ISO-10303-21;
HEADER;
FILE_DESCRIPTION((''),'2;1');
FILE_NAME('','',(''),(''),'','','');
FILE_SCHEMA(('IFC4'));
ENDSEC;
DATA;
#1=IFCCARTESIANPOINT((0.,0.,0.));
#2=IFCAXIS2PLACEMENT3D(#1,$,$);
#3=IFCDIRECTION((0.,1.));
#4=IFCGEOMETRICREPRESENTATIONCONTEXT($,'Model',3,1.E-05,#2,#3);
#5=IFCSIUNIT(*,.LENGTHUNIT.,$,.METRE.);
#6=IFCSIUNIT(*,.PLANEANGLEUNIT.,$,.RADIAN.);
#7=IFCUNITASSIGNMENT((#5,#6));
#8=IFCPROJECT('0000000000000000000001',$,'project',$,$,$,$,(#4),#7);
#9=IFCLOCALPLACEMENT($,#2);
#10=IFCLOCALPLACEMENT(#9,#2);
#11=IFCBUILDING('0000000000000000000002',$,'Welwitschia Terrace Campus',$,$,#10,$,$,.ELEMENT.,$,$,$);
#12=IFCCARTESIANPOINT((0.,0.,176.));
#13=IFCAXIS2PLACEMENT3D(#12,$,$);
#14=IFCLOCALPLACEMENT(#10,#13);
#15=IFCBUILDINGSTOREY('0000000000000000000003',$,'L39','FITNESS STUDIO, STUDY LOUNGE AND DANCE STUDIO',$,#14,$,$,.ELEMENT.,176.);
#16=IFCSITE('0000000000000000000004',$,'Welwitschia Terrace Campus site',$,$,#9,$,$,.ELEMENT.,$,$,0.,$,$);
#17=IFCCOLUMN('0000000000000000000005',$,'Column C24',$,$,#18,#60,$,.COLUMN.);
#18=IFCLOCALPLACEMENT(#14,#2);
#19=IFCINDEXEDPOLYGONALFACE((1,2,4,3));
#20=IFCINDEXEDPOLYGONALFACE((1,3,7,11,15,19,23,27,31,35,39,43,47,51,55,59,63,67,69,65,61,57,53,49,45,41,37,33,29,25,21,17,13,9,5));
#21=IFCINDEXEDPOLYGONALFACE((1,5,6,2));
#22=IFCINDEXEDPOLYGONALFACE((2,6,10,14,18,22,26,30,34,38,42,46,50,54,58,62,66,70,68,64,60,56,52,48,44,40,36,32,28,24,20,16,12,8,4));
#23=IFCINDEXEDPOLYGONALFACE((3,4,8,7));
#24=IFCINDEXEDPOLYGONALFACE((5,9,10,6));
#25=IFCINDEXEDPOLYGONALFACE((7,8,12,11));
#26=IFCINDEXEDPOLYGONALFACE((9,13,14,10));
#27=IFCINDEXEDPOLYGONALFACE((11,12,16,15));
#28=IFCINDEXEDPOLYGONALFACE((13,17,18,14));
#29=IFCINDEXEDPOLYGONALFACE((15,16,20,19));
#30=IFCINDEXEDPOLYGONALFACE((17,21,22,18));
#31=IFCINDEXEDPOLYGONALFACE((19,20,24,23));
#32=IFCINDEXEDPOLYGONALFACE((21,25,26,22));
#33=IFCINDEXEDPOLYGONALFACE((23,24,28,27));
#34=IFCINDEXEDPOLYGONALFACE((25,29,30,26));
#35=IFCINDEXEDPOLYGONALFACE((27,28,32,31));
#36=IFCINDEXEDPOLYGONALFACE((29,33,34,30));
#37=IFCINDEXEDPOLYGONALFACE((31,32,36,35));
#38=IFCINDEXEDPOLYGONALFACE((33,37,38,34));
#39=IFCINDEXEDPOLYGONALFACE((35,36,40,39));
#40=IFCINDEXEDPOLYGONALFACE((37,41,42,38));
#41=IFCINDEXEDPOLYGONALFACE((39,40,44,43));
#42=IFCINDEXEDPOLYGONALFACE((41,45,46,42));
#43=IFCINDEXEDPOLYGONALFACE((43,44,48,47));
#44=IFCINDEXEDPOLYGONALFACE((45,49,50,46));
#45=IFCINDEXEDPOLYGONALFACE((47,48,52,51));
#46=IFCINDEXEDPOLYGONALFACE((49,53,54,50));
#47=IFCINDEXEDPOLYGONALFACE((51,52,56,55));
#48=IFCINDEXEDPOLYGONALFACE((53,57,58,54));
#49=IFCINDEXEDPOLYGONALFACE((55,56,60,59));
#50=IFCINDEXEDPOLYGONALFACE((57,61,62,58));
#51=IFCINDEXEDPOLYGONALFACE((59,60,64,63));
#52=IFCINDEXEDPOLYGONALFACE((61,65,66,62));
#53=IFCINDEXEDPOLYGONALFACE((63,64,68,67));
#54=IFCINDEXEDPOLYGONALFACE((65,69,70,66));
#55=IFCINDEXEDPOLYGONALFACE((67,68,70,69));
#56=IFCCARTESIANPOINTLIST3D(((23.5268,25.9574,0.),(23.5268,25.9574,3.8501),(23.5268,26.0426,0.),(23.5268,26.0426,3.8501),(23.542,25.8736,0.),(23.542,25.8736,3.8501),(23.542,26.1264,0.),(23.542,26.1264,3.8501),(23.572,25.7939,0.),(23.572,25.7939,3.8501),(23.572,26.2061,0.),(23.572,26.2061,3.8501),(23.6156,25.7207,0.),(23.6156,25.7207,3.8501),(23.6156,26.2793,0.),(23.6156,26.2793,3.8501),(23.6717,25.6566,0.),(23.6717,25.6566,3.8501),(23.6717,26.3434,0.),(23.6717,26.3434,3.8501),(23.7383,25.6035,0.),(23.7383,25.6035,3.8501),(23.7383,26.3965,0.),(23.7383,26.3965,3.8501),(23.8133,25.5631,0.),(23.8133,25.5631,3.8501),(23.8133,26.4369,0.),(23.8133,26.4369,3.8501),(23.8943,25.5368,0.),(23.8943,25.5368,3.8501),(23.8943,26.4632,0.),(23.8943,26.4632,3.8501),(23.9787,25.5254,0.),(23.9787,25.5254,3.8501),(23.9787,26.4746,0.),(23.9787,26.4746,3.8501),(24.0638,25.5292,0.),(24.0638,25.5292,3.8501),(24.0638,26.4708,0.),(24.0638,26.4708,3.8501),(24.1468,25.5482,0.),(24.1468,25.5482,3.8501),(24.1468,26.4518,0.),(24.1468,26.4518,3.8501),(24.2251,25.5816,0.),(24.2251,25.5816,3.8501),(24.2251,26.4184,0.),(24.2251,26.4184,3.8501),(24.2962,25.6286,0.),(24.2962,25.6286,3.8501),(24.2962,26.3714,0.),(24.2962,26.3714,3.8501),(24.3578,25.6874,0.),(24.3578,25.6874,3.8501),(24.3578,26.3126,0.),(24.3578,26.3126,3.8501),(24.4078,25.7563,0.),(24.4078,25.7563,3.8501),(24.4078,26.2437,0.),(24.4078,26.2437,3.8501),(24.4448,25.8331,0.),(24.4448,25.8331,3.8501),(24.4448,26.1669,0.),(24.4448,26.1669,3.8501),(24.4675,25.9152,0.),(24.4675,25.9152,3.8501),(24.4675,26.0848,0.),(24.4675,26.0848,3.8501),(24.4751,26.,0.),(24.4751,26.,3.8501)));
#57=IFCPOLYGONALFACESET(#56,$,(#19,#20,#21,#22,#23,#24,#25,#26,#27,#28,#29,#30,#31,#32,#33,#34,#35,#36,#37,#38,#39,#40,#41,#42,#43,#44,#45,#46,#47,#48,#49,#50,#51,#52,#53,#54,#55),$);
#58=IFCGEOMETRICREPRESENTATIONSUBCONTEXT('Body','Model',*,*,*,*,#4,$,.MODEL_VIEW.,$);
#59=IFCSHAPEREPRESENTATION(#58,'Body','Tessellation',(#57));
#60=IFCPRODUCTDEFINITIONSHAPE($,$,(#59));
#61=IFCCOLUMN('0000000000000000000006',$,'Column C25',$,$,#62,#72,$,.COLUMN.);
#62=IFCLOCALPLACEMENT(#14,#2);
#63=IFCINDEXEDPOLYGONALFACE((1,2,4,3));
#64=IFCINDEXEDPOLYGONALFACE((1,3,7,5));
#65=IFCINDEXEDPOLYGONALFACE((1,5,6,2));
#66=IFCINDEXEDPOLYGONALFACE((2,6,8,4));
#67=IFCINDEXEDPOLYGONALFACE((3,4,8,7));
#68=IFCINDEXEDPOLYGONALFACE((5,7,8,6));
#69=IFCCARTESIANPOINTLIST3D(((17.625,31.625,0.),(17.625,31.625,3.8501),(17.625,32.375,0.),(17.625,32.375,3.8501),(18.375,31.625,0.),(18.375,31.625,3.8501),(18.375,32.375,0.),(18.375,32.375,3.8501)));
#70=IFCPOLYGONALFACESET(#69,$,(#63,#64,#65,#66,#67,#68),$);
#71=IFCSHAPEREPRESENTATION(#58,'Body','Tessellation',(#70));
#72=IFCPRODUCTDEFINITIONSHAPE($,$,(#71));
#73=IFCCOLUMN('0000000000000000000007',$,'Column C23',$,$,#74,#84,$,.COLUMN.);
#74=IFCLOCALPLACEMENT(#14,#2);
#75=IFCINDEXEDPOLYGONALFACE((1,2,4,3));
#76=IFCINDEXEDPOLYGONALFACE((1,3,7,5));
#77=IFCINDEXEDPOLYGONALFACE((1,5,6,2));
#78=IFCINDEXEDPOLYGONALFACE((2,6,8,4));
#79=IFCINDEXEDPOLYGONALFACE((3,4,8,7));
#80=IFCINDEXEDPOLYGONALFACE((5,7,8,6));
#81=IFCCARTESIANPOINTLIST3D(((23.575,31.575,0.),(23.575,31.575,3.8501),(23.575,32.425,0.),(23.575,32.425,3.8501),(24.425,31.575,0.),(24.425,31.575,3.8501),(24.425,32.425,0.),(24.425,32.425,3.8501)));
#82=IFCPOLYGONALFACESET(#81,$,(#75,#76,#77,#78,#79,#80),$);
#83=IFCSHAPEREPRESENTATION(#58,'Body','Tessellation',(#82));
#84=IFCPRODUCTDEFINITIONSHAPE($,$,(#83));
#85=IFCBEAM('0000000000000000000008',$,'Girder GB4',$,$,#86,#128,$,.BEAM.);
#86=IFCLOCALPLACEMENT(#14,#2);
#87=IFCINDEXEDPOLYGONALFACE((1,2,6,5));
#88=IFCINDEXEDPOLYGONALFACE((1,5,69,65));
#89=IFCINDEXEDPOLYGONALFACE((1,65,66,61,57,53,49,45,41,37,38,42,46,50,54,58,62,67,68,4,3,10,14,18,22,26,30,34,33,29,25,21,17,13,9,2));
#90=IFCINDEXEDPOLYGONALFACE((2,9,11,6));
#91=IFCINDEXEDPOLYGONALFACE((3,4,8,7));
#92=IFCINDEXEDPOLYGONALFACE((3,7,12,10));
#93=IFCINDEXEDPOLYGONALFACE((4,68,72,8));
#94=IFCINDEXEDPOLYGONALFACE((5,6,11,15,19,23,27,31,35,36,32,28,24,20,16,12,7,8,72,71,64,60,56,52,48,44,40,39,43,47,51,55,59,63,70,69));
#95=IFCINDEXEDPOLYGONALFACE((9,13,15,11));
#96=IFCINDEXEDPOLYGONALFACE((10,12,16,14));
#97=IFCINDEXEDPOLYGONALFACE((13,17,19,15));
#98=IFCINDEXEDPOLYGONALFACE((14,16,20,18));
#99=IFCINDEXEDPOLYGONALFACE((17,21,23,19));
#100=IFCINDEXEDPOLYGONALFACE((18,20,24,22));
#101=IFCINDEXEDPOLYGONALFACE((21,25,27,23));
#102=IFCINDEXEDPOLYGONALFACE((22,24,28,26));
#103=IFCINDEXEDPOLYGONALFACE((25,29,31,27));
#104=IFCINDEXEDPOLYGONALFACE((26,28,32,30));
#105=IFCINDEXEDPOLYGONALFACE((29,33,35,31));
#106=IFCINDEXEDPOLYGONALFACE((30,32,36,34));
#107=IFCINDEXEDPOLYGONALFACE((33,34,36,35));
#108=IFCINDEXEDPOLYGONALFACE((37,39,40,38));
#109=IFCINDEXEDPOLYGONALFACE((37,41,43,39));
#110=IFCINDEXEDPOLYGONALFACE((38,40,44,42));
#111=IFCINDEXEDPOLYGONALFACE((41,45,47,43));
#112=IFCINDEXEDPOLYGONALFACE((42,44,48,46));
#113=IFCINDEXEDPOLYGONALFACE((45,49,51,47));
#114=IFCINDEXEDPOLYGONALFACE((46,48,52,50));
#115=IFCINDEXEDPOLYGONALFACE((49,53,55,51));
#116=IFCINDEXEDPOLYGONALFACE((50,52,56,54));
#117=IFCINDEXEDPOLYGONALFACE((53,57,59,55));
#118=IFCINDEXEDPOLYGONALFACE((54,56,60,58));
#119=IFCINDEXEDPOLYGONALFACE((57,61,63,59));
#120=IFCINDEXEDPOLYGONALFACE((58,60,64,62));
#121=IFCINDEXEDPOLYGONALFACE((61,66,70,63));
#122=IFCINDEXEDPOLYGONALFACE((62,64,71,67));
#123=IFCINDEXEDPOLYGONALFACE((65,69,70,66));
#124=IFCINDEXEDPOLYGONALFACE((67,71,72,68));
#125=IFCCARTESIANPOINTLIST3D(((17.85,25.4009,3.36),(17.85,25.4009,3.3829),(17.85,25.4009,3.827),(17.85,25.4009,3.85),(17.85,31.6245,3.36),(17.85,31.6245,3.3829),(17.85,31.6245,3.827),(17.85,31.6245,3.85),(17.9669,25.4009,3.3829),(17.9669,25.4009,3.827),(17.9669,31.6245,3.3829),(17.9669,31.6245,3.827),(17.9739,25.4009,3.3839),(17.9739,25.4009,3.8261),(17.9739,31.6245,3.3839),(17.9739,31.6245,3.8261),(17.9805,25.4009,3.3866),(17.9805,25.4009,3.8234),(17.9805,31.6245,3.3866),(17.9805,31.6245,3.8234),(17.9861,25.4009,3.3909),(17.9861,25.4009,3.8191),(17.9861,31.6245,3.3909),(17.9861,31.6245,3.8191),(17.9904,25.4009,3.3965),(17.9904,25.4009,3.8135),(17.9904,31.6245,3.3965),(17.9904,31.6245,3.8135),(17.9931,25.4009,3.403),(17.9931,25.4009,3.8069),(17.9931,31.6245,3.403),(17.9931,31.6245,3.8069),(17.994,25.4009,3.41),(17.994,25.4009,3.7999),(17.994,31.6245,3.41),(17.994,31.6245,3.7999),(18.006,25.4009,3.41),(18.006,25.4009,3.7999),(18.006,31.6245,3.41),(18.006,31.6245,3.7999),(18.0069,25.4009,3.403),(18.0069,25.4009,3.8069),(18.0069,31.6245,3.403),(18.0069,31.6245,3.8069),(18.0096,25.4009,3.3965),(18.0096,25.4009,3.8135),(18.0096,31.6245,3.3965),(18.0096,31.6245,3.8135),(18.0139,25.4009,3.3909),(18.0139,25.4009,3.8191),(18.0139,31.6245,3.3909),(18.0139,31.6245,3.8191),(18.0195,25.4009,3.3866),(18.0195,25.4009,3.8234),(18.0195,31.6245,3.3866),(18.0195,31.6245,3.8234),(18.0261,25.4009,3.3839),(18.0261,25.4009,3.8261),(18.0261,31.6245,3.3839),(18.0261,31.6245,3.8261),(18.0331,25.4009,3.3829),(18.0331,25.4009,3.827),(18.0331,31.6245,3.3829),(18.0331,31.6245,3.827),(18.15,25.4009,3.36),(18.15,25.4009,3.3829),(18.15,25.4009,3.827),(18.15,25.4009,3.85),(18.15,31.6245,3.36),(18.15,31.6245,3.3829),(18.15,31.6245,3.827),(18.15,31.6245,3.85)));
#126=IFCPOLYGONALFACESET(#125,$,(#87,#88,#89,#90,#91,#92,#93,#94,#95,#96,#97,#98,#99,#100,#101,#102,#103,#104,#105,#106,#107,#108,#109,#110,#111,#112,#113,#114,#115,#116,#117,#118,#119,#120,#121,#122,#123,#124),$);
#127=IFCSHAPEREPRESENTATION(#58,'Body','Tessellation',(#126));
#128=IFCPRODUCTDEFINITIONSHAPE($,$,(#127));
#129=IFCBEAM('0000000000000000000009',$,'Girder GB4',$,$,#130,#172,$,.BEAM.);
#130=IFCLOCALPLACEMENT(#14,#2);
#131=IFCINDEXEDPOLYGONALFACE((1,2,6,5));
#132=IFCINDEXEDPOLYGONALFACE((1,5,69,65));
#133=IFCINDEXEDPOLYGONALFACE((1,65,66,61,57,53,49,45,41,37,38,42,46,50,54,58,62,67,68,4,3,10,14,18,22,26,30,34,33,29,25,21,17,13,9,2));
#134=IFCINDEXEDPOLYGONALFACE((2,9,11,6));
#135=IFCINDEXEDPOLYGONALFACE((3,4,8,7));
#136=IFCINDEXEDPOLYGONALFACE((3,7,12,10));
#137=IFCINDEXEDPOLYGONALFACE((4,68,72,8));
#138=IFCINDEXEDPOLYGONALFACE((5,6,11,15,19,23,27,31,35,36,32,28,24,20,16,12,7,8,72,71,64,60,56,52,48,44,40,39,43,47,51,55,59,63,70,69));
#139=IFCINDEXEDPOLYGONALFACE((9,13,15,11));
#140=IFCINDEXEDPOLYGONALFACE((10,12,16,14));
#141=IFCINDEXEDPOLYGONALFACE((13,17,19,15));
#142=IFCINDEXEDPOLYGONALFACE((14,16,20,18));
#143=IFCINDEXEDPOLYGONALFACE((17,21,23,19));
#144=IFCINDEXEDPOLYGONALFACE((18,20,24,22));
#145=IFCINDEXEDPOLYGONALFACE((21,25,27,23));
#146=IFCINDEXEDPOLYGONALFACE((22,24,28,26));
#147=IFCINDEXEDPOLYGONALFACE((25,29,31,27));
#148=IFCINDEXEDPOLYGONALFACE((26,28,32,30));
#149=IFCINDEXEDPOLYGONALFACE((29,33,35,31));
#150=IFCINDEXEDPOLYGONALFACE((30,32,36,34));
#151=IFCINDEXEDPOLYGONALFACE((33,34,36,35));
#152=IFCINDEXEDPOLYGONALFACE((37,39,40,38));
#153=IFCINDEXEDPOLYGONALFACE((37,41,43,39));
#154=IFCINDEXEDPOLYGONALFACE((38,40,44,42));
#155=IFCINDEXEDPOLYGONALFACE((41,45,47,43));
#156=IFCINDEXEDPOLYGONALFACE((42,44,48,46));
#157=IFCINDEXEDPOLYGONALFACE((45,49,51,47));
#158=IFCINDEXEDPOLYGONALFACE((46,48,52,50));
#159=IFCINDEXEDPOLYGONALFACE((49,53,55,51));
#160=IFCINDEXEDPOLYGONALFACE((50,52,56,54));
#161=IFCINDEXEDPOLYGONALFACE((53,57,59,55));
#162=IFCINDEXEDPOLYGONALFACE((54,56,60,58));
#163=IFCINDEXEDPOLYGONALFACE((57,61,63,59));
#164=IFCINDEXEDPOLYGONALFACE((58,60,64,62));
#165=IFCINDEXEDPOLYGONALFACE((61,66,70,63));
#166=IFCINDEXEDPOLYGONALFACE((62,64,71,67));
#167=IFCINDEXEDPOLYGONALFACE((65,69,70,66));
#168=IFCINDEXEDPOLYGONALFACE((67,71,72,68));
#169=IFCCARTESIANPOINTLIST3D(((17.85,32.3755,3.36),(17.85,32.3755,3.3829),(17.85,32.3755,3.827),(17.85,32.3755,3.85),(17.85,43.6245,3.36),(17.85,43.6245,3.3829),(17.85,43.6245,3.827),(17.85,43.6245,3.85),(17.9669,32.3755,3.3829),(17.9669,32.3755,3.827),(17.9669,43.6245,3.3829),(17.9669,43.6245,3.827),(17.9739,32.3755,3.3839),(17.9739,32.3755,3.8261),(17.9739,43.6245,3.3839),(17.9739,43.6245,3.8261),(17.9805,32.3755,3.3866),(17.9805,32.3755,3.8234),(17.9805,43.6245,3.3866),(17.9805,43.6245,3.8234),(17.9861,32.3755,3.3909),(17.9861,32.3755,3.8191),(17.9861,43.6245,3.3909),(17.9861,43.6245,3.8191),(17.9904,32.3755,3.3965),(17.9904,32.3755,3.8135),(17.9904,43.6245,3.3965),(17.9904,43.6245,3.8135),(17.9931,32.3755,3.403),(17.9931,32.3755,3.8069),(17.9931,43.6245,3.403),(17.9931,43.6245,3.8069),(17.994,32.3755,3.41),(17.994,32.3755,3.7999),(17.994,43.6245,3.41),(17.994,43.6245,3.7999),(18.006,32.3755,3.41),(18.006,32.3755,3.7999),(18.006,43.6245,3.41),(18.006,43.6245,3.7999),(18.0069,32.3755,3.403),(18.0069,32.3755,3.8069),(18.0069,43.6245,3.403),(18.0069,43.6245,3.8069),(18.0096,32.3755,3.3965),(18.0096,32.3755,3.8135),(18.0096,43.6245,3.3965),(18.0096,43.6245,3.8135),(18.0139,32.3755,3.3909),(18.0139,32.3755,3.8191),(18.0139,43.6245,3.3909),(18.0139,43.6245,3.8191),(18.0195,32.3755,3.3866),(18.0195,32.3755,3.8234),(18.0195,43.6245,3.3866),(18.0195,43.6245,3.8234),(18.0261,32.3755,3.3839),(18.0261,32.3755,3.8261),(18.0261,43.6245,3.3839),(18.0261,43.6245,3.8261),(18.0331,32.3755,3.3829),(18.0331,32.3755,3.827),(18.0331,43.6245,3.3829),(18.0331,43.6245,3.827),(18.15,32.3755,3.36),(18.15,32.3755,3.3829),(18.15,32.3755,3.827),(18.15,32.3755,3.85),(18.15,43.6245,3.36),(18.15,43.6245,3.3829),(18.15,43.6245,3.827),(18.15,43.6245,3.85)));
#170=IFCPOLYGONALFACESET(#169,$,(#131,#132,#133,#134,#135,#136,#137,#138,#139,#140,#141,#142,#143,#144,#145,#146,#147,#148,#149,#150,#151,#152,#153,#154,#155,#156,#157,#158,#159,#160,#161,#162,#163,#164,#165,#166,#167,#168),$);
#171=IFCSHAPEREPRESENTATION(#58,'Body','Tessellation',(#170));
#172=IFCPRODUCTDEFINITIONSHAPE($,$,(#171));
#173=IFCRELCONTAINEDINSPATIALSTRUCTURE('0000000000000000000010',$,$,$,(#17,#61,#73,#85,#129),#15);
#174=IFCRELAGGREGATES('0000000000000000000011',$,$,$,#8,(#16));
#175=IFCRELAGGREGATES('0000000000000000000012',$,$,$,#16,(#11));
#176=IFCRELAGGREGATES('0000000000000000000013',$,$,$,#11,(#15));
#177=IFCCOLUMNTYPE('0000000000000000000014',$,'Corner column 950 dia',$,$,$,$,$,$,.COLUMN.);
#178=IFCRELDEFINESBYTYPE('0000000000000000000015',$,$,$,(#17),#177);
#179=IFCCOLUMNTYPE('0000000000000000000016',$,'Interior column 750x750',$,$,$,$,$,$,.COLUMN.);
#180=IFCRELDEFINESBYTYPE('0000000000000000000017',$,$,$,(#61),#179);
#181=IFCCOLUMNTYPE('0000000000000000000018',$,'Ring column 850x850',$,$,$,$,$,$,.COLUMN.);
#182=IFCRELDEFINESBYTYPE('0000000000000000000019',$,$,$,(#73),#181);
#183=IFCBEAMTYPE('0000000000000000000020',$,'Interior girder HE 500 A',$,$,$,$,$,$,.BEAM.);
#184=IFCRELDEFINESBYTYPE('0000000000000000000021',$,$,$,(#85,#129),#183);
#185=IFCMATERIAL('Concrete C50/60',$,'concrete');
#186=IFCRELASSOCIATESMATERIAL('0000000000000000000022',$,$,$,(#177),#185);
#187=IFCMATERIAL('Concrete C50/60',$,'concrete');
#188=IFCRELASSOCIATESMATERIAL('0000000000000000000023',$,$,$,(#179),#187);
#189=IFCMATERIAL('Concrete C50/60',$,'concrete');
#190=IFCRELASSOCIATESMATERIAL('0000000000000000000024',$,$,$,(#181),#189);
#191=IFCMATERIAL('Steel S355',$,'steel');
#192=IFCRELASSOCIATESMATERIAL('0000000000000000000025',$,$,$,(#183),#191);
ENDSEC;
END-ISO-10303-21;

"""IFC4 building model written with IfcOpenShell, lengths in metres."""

from ifc_helpers import new_model, si_unit, direction, frame, origin, origin_2d, place, context, subcontext, project, spatial, rectangle, circle, i_section, extrude, material, material_profile, profile_set, type_object, element, save


model = new_model("IFC4")

# Units and contexts
model_context = context("Model", 3, precision=1e-05, world=origin(), true_north=direction((0.0, 1.0)))
body_context = subcontext(model_context, "Body", "Model", "MODEL_VIEW")
ifc_project = project(units=[si_unit("LENGTHUNIT", "METRE"), si_unit("PLANEANGLEUNIT", "RADIAN")], contexts=[model_context])

# Site, building, storey
site_placement = place(None, origin())
site = spatial("IfcSite", under=ifc_project, at=site_placement, Name="Welwitschia Terrace Campus site", CompositionType="ELEMENT", RefElevation=0.0)
building_placement = place(site_placement, origin())
building = spatial("IfcBuilding", under=site, at=building_placement, Name="Welwitschia Terrace Campus", CompositionType="ELEMENT")
storey_placement = place(building_placement, frame((0.0, 0.0, 176.0)))
storey = spatial("IfcBuildingStorey", under=building, at=storey_placement, Name="L39", Description="FITNESS STUDIO, STUDY LOUNGE AND DANCE STUDIO", CompositionType="ELEMENT", Elevation=176.0)

# Columns
ifc_material_1 = material(Name="Concrete C50/60", Category="concrete")
ifc_material_profile_1 = material_profile(ifc_material_1, circle(Radius=0.4751, at=origin_2d()))
ifc_profile_set_1 = profile_set([ifc_material_profile_1], Name="Concrete C50/60")
column_type_1 = type_object("IfcColumnType", Name="Corner column 950 dia", PredefinedType="COLUMN", material=ifc_profile_set_1)
column_1_placement = place(storey_placement, frame((24.0, 26.0, 0.0), z_axis=(0.0, 0.0, 1.0), x_axis=(1.0, 0.0, 0.0)))
element("IfcColumn", 1, at=column_1_placement, inside=storey, type_object=column_type_1, Name="Column C24", PredefinedType="COLUMN", context=body_context, shape_type="SweptSolid", body=[
    extrude(circle(Radius=0.4751, at=origin_2d()), origin(), (0.0, 0.0, 1.0), 3.8501),
])
ifc_material_2 = material(Name="Concrete C50/60", Category="concrete")
ifc_material_profile_2 = material_profile(ifc_material_2, rectangle(XDim=0.75, YDim=0.75, at=origin_2d()))
ifc_profile_set_2 = profile_set([ifc_material_profile_2], Name="Concrete C50/60")
column_type_2 = type_object("IfcColumnType", Name="Interior column 750x750", PredefinedType="COLUMN", material=ifc_profile_set_2)
column_2_placement = place(storey_placement, frame((18.0, 32.0, 0.0), z_axis=(0.0, 0.0, 1.0), x_axis=(1.0, 0.0, 0.0)))
element("IfcColumn", 2, at=column_2_placement, inside=storey, type_object=column_type_2, Name="Column C25", PredefinedType="COLUMN", context=body_context, shape_type="SweptSolid", body=[
    extrude(rectangle(XDim=0.75, YDim=0.75, at=origin_2d()), origin(), (0.0, 0.0, 1.0), 3.8501),
])
ifc_material_3 = material(Name="Concrete C50/60", Category="concrete")
ifc_material_profile_3 = material_profile(ifc_material_3, rectangle(XDim=0.8501, YDim=0.8501, at=origin_2d()))
ifc_profile_set_3 = profile_set([ifc_material_profile_3], Name="Concrete C50/60")
column_type_3 = type_object("IfcColumnType", Name="Ring column 850x850", PredefinedType="COLUMN", material=ifc_profile_set_3)
column_3_placement = place(storey_placement, frame((24.0, 32.0, 0.0), z_axis=(0.0, 0.0, 1.0), x_axis=(1.0, 0.0, 0.0)))
element("IfcColumn", 3, at=column_3_placement, inside=storey, type_object=column_type_3, Name="Column C23", PredefinedType="COLUMN", context=body_context, shape_type="SweptSolid", body=[
    extrude(rectangle(XDim=0.8501, YDim=0.8501, at=origin_2d()), origin(), (0.0, 0.0, 1.0), 3.8501),
])

# Beams
ifc_material_4 = material(Name="Steel S355", Category="steel")
ifc_material_profile_4 = material_profile(ifc_material_4, i_section(OverallWidth=0.3, OverallDepth=0.49, WebThickness=0.012, FlangeThickness=0.0229, FilletRadius=0.0271, at=origin_2d()))
ifc_profile_set_4 = profile_set([ifc_material_profile_4], Name="Steel S355")
beam_type_1 = type_object("IfcBeamType", Name="Interior girder HE 500 A", PredefinedType="BEAM", material=ifc_profile_set_4)
beam_1_placement = place(storey_placement, frame((18.0, 25.4009, 3.605), z_axis=(0.0, 1.0, 0.0), x_axis=(-1.0, 0.0, 0.0)))
element("IfcBeam", 4, at=beam_1_placement, inside=storey, type_object=beam_type_1, Name="Girder GB4", PredefinedType="BEAM", context=body_context, shape_type="SweptSolid", body=[
    extrude(i_section(OverallWidth=0.3, OverallDepth=0.49, WebThickness=0.012, FlangeThickness=0.0229, FilletRadius=0.0271, at=origin_2d()), origin(), (0.0, 0.0, 1.0), 6.2236),
])
beam_2_placement = place(storey_placement, frame((18.0, 32.3755, 3.605), z_axis=(0.0, 1.0, 0.0), x_axis=(-1.0, 0.0, 0.0)))
element("IfcBeam", 5, at=beam_2_placement, inside=storey, type_object=beam_type_1, Name="Girder GB4", PredefinedType="BEAM", context=body_context, shape_type="SweptSolid", body=[
    extrude(i_section(OverallWidth=0.3, OverallDepth=0.49, WebThickness=0.012, FlangeThickness=0.0229, FilletRadius=0.0271, at=origin_2d()), origin(), (0.0, 0.0, 1.0), 11.249),
])

save(model, "model.ifc")
